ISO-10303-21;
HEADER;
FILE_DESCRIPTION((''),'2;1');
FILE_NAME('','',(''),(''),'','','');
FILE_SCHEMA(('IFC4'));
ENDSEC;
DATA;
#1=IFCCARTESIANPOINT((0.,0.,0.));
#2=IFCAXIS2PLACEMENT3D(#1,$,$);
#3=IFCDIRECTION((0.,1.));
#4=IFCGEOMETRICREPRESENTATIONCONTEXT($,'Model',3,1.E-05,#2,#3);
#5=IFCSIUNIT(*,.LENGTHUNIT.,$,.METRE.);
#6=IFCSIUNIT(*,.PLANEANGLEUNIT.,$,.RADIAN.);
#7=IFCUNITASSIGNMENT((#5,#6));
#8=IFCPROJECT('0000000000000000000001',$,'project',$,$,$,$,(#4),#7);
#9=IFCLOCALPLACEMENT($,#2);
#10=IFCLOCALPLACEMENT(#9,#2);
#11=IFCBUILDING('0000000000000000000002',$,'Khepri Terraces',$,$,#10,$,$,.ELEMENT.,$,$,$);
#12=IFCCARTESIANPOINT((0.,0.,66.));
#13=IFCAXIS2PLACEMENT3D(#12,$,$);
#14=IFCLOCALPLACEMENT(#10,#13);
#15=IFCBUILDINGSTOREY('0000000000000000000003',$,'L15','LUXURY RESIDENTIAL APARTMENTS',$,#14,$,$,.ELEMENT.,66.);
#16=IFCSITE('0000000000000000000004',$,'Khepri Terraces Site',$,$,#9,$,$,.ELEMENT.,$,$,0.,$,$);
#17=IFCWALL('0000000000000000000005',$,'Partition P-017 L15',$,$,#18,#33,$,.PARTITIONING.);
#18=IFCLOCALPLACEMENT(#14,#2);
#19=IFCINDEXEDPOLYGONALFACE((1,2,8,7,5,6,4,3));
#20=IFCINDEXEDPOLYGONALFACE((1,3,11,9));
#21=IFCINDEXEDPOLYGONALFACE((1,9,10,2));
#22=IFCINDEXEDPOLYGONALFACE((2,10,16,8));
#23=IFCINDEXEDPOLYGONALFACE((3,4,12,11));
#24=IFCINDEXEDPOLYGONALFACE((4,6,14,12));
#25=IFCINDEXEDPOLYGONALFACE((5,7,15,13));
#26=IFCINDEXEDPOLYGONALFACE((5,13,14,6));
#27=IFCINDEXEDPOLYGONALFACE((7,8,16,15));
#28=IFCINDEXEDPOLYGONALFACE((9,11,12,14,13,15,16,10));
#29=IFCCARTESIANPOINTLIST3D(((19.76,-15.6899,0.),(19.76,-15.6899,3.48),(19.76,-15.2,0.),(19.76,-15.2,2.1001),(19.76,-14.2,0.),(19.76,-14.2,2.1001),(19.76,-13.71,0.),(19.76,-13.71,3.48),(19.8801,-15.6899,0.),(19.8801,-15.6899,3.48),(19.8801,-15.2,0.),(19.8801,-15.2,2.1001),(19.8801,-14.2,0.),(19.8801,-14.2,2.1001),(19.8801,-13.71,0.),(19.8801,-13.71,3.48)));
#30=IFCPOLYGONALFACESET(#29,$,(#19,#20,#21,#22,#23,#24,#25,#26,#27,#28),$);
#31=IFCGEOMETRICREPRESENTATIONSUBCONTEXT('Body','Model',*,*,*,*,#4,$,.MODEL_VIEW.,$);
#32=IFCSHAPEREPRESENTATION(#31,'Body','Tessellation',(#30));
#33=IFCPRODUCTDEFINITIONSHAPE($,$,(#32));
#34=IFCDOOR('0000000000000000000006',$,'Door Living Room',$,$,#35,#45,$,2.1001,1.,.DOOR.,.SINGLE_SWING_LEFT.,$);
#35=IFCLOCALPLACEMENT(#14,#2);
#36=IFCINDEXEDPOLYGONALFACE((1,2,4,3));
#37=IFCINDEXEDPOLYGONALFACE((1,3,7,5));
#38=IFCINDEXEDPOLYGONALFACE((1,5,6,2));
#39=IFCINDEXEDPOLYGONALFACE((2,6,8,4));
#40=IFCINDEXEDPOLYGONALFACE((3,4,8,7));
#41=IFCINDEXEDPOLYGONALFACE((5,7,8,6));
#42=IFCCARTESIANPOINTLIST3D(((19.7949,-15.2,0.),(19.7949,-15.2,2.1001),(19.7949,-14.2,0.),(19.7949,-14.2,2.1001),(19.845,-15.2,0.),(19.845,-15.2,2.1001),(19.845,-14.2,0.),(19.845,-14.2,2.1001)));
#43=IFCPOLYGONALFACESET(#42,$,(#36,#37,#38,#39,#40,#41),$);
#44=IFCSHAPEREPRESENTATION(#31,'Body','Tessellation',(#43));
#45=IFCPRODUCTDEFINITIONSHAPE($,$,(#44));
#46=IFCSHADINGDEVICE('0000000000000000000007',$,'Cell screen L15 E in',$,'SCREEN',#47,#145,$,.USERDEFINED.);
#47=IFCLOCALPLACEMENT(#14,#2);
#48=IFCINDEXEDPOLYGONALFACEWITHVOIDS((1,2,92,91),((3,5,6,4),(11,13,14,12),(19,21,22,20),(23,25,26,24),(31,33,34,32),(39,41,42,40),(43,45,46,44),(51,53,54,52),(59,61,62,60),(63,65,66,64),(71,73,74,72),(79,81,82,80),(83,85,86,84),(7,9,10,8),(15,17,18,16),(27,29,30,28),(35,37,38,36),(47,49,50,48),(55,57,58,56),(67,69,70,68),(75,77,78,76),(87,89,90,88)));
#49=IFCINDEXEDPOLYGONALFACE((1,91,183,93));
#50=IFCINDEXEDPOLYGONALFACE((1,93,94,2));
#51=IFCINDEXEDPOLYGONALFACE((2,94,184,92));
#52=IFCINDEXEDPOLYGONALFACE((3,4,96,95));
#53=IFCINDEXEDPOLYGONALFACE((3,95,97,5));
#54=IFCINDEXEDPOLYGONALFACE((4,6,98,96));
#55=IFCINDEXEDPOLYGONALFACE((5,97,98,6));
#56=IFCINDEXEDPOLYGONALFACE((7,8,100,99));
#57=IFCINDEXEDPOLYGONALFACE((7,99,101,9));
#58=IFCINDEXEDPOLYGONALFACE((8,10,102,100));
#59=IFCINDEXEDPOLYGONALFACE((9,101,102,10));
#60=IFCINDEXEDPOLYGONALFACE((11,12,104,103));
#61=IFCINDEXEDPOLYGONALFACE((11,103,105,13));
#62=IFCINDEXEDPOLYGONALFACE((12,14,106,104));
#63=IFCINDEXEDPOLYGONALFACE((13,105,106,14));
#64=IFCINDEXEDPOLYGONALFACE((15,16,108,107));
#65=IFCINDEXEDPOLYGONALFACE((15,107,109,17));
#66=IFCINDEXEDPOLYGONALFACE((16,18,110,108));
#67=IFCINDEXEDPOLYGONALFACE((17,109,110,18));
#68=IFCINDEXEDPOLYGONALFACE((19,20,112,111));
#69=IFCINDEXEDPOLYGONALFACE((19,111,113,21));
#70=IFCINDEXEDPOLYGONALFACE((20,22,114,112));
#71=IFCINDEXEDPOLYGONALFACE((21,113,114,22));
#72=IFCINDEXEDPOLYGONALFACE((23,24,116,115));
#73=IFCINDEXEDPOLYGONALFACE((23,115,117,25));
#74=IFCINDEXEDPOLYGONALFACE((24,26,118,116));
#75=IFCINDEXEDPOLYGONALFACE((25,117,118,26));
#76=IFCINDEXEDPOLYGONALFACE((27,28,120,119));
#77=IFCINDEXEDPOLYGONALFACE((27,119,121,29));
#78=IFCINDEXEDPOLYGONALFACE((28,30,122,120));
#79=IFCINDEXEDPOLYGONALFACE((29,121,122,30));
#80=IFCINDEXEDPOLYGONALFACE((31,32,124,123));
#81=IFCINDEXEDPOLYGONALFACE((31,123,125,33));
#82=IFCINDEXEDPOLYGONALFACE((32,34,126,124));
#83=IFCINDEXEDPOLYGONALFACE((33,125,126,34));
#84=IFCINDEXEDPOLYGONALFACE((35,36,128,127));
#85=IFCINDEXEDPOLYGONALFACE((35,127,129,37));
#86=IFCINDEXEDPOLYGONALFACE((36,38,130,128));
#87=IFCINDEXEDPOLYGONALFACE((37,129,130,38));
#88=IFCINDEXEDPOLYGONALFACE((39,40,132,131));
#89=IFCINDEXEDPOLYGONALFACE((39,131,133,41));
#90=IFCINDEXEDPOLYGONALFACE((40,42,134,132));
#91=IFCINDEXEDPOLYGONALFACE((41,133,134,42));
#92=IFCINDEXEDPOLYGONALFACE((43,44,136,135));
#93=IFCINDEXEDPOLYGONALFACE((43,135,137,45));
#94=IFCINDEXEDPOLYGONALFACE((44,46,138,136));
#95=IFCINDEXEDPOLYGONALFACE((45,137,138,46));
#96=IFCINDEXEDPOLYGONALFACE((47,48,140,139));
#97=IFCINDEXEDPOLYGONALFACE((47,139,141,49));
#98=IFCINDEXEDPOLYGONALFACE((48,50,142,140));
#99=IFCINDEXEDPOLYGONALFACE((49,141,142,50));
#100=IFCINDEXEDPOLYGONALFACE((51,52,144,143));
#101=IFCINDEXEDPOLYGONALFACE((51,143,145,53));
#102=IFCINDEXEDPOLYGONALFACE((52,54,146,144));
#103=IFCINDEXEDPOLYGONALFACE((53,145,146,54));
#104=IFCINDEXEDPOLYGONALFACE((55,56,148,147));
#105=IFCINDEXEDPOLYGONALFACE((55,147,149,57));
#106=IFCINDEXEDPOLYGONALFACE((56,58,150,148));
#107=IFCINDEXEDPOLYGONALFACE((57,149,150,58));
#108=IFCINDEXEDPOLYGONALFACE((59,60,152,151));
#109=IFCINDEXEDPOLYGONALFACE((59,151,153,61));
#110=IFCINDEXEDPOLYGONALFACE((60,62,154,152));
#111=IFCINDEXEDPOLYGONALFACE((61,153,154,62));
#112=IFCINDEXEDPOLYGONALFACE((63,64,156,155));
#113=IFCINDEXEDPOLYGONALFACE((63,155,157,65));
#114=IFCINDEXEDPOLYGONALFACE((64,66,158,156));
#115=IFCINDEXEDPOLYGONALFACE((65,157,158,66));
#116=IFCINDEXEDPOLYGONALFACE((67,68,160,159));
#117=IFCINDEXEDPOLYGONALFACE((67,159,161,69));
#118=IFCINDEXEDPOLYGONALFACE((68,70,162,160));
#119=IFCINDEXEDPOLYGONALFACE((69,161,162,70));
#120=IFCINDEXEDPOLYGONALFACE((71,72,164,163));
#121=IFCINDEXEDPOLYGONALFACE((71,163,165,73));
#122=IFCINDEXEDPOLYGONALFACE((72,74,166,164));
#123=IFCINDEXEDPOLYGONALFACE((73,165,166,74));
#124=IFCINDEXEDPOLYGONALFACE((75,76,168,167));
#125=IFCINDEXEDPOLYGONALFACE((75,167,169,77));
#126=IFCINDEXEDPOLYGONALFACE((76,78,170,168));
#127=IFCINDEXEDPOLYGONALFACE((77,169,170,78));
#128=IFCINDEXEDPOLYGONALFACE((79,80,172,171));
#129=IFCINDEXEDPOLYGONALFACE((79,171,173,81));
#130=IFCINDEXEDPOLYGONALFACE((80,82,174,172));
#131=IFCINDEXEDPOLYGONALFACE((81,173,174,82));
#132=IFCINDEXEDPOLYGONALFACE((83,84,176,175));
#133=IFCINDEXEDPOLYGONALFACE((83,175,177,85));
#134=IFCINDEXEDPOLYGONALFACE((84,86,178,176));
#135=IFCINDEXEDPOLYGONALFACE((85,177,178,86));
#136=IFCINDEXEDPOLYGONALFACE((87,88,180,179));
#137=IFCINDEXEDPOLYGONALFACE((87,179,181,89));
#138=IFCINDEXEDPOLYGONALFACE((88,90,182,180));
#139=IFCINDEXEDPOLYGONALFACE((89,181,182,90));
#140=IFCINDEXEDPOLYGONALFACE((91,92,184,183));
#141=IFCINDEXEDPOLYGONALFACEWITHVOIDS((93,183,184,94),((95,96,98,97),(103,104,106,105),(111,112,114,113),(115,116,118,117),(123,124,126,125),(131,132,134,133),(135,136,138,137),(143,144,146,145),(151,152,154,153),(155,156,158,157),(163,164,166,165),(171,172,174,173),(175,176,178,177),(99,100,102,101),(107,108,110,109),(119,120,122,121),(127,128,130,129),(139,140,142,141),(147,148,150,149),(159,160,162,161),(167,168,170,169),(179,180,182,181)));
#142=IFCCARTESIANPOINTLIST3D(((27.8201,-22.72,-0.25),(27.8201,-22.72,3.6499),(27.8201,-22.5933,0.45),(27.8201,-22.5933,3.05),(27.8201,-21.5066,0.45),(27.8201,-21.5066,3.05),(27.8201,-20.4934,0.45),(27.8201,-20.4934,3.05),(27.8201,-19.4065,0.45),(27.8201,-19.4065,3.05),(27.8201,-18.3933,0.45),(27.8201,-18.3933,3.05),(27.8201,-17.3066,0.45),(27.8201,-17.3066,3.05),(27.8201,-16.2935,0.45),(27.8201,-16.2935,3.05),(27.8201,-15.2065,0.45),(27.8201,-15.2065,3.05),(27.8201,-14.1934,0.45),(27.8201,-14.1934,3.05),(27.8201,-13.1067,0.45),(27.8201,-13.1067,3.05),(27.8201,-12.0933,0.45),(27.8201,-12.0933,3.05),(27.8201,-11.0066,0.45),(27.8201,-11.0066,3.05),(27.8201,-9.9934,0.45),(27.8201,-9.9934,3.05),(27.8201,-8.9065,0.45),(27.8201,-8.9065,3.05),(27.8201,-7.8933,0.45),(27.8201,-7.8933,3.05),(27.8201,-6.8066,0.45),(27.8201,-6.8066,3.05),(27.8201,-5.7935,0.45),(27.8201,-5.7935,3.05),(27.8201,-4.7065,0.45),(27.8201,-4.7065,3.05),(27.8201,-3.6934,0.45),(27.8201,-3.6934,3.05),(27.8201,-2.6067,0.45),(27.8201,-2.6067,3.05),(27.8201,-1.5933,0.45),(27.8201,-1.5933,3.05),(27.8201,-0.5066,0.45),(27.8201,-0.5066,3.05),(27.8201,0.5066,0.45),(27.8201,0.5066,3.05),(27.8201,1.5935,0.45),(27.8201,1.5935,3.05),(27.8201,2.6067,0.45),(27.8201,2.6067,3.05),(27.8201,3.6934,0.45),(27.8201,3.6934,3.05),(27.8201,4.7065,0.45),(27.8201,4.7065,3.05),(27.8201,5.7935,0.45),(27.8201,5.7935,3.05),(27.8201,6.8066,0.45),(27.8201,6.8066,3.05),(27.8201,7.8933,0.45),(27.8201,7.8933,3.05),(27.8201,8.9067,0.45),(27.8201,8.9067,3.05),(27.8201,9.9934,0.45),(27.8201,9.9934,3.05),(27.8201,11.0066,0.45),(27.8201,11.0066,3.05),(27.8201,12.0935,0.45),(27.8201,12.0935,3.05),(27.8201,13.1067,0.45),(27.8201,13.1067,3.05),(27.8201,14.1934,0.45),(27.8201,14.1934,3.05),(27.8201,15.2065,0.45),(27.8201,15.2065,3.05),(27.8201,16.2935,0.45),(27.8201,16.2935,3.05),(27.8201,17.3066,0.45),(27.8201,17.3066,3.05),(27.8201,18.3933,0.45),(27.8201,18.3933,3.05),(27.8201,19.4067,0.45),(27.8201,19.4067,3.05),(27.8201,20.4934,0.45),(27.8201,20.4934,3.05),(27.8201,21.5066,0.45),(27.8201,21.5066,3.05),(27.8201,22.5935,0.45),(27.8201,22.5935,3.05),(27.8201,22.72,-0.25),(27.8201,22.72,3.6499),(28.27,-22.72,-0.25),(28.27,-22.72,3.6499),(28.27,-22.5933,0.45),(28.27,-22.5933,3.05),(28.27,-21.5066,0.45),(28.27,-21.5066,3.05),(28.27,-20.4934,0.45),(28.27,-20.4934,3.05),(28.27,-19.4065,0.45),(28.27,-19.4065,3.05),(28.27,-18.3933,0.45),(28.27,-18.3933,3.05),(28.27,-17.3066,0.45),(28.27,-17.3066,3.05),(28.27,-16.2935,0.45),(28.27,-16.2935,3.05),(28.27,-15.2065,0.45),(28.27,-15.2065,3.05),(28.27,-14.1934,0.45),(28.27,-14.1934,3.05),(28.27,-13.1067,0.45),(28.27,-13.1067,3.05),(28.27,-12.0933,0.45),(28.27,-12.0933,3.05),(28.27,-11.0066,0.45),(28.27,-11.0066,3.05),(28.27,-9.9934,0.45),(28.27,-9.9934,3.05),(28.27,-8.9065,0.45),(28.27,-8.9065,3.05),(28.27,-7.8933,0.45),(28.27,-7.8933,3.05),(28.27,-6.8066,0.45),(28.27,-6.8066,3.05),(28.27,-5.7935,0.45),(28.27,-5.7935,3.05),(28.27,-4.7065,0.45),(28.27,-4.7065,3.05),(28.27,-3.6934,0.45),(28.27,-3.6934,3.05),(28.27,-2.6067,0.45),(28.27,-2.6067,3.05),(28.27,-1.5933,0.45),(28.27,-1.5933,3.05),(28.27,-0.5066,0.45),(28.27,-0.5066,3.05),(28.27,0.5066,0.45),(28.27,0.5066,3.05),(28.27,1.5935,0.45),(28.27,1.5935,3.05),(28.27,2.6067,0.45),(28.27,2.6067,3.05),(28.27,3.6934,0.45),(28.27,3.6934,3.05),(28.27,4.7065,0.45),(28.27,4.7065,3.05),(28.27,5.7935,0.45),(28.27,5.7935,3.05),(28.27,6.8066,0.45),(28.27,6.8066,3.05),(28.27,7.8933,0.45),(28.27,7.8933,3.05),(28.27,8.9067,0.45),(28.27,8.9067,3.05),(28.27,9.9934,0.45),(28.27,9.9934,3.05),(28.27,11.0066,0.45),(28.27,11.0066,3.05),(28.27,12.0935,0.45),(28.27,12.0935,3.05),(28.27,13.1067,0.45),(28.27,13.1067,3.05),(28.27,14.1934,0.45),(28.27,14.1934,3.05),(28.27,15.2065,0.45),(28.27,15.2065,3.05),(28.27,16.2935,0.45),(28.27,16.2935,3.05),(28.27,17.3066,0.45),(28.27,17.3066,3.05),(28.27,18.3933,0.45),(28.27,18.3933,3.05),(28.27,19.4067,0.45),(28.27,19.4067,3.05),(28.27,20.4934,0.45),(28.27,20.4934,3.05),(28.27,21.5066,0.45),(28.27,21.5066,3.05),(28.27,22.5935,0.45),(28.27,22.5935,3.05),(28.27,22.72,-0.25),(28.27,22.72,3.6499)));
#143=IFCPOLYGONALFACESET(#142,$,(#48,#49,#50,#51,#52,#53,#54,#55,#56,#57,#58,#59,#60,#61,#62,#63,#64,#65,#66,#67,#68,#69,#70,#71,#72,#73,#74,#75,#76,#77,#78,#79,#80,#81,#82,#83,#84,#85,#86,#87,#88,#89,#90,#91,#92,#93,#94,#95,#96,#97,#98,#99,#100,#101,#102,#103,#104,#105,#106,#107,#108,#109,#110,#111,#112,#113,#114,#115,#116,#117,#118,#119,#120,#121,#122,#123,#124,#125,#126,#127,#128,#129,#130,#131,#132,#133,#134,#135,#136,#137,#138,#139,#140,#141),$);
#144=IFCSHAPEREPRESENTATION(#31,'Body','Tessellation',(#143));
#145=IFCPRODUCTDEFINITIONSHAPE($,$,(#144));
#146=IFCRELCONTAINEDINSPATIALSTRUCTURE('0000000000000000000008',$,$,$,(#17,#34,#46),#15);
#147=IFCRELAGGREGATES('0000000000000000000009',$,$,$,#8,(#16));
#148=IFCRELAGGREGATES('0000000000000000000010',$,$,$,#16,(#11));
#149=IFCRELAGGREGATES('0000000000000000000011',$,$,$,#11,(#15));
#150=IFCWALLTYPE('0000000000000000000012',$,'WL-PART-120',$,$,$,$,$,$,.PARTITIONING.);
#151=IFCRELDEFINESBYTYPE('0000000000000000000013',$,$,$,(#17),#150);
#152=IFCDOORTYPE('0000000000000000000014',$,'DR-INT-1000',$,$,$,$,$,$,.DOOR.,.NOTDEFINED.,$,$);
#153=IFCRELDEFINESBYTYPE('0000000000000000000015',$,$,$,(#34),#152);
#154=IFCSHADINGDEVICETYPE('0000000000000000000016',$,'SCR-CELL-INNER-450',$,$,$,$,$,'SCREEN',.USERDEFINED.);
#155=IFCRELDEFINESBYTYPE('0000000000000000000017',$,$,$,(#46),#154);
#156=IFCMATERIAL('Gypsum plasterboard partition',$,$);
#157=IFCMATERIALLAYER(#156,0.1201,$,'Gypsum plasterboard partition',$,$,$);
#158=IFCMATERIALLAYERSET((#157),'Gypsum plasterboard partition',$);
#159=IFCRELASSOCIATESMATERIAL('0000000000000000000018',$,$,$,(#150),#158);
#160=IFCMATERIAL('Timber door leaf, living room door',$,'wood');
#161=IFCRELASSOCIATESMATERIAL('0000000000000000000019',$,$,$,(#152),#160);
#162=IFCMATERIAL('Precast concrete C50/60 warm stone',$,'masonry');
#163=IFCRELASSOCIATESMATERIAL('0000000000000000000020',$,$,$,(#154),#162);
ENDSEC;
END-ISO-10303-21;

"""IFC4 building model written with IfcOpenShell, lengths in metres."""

from ifc_helpers import new_model, si_unit, direction, frame, frame_2d, origin, place, context, subcontext, project, spatial, polyline, rectangle, outline, extrude, material, layer, layer_set, type_object, element, fill, save


model = new_model("IFC4")

# Units and contexts
model_context = context("Model", 3, precision=1e-05, world=origin(), true_north=direction((0.0, 1.0)))
body_context = subcontext(model_context, "Body", "Model", "MODEL_VIEW")
ifc_project = project(units=[si_unit("LENGTHUNIT", "METRE"), si_unit("PLANEANGLEUNIT", "RADIAN")], contexts=[model_context])

# Site, building, storey
site_placement = place(None, origin())
site = spatial("IfcSite", under=ifc_project, at=site_placement, Name="Khepri Terraces Site", CompositionType="ELEMENT", RefElevation=0.0)
building_placement = place(site_placement, origin())
building = spatial("IfcBuilding", under=site, at=building_placement, Name="Khepri Terraces", CompositionType="ELEMENT")
storey_placement = place(building_placement, frame((0.0, 0.0, 66.0)))
storey = spatial("IfcBuildingStorey", under=building, at=storey_placement, Name="L15", Description="LUXURY RESIDENTIAL APARTMENTS", CompositionType="ELEMENT", Elevation=66.0)

# Shared definitions
ifc_material_1 = material(Name="Precast concrete C50/60 warm stone", Category="masonry")

# Shared definitions
ifc_material_2 = material(Name="Gypsum plasterboard partition")
ifc_layer_1 = layer(ifc_material_2, 0.1201, Name="Gypsum plasterboard partition")
ifc_layer_set_1 = layer_set([ifc_layer_1], Name="Gypsum plasterboard partition")
wall_type_1 = type_object("IfcWallType", Name="WL-PART-120", PredefinedType="PARTITIONING", material=ifc_layer_set_1)

# Wall, opening, door
wall_1_placement = place(storey_placement, frame((19.8201, -15.6899, 0.0), z_axis=(0.0, 0.0, 1.0), x_axis=(0.0, 1.0, 0.0)))
wall_1 = element("IfcWall", 1, at=wall_1_placement, inside=storey, type_object=wall_type_1, Name="Partition P-017 L15", PredefinedType="PARTITIONING", context=body_context, shape_type="SweptSolid", body=[
    extrude(rectangle(XDim=1.98, YDim=0.1201, at=frame_2d((0.99, 0.0))), origin(), (0.0, 0.0, 1.0), 3.48),
])
opening_1_placement = place(wall_1_placement, frame((0.49, 0.0, 0.0)))
opening_1 = element("IfcOpeningElement", 2, at=opening_1_placement, cuts=wall_1, PredefinedType="OPENING", context=body_context, shape_type="SweptSolid", body=[
    extrude(rectangle(XDim=1.0, YDim=2.1001, at=frame_2d((0.5, 1.05))), frame((0.0, 0.0701, 0.0), z_axis=(0.0, -1.0, 0.0), x_axis=(1.0, 0.0, 0.0)), (0.0, 0.0, 1.0), 0.1401),
])
ifc_material_3 = material(Name="Timber door leaf, living room door", Category="wood")
door_type_1 = type_object("IfcDoorType", Name="DR-INT-1000", OperationType="NOTDEFINED", PredefinedType="DOOR", material=ifc_material_3)
door_1_placement = place(opening_1_placement, frame((1.0, 0.0, 0.0), z_axis=(0.0, 0.0, 1.0), x_axis=(-1.0, 0.0, 0.0)))
door_1 = element("IfcDoor", 3, at=door_1_placement, inside=storey, type_object=door_type_1, Name="Door Living Room", OperationType="SINGLE_SWING_LEFT", OverallHeight=2.1001, OverallWidth=1.0, PredefinedType="DOOR", context=body_context, shape_type="SweptSolid", body=[
    extrude(rectangle(XDim=1.0, YDim=2.1001, at=frame_2d((0.5, 1.05))), frame((0.0, 0.0249, 0.0), z_axis=(0.0, -1.0, 0.0), x_axis=(1.0, 0.0, 0.0)), (0.0, 0.0, 1.0), 0.05),
])
fill(opening_1, door_1)

# Shading device
shading_device_type_1 = type_object("IfcShadingDeviceType", Name="SCR-CELL-INNER-450", ElementType="SCREEN", PredefinedType="USERDEFINED", material=ifc_material_1)
shading_device_1_placement = place(storey_placement, frame((27.8201, -22.72, -0.25), z_axis=(1.0, 0.0, 0.0), x_axis=(0.0, 1.0, 0.0)))
element("IfcShadingDevice", 4, at=shading_device_1_placement, inside=storey, type_object=shading_device_type_1, Name="Cell screen L15 E in", ObjectType="SCREEN", PredefinedType="USERDEFINED", context=body_context, shape_type="SweptSolid", body=[
    extrude(outline(polyline([(0.0, 0.0), (45.4399, 0.0), (45.4399, 3.8999), (0.0, 3.8999), (0.0, 0.0)]), holes=[polyline([(0.1267, 0.7), (1.2134, 0.7), (1.2134, 3.3), (0.1267, 3.3), (0.1267, 0.7)]), polyline([(2.2266, 0.7), (3.3135, 0.7), (3.3135, 3.3), (2.2266, 3.3), (2.2266, 0.7)]), polyline([(4.3267, 0.7), (5.4133, 0.7), (5.4133, 3.3), (4.3267, 3.3), (4.3267, 0.7)]), polyline([(6.4265, 0.7), (7.5134, 0.7), (7.5134, 3.3), (6.4265, 3.3), (6.4265, 0.7)]), polyline([(8.5266, 0.7), (9.6133, 0.7), (9.6133, 3.3), (8.5266, 3.3), (8.5266, 0.7)]), polyline([(10.6267, 0.7), (11.7134, 0.7), (11.7134, 3.3), (10.6267, 3.3), (10.6267, 0.7)]), polyline([(12.7266, 0.7), (13.8135, 0.7), (13.8135, 3.3), (12.7266, 3.3), (12.7266, 0.7)]), polyline([(14.8267, 0.7), (15.9133, 0.7), (15.9133, 3.3), (14.8267, 3.3), (14.8267, 0.7)]), polyline([(16.9265, 0.7), (18.0134, 0.7), (18.0134, 3.3), (16.9265, 3.3), (16.9265, 0.7)]), polyline([(19.0266, 0.7), (20.1133, 0.7), (20.1133, 3.3), (19.0266, 3.3), (19.0266, 0.7)]), polyline([(21.1267, 0.7), (22.2134, 0.7), (22.2134, 3.3), (21.1267, 3.3), (21.1267, 0.7)]), polyline([(23.2266, 0.7), (24.3135, 0.7), (24.3135, 3.3), (23.2266, 3.3), (23.2266, 0.7)]), polyline([(25.3267, 0.7), (26.4133, 0.7), (26.4133, 3.3), (25.3267, 3.3), (25.3267, 0.7)]), polyline([(27.4265, 0.7), (28.5134, 0.7), (28.5134, 3.3), (27.4265, 3.3), (27.4265, 0.7)]), polyline([(29.5266, 0.7), (30.6133, 0.7), (30.6133, 3.3), (29.5266, 3.3), (29.5266, 0.7)]), polyline([(31.6267, 0.7), (32.7134, 0.7), (32.7134, 3.3), (31.6267, 3.3), (31.6267, 0.7)]), polyline([(33.7266, 0.7), (34.8135, 0.7), (34.8135, 3.3), (33.7266, 3.3), (33.7266, 0.7)]), polyline([(35.8267, 0.7), (36.9133, 0.7), (36.9133, 3.3), (35.8267, 3.3), (35.8267, 0.7)]), polyline([(37.9265, 0.7), (39.0134, 0.7), (39.0134, 3.3), (37.9265, 3.3), (37.9265, 0.7)]), polyline([(40.0266, 0.7), (41.1133, 0.7), (41.1133, 3.3), (40.0266, 3.3), (40.0266, 0.7)]), polyline([(42.1267, 0.7), (43.2134, 0.7), (43.2134, 3.3), (42.1267, 3.3), (42.1267, 0.7)]), polyline([(44.2266, 0.7), (45.3135, 0.7), (45.3135, 3.3), (44.2266, 3.3), (44.2266, 0.7)])]), origin(), (0.0, 0.0, 1.0), 0.45),
])

save(model, "model.ifc")
